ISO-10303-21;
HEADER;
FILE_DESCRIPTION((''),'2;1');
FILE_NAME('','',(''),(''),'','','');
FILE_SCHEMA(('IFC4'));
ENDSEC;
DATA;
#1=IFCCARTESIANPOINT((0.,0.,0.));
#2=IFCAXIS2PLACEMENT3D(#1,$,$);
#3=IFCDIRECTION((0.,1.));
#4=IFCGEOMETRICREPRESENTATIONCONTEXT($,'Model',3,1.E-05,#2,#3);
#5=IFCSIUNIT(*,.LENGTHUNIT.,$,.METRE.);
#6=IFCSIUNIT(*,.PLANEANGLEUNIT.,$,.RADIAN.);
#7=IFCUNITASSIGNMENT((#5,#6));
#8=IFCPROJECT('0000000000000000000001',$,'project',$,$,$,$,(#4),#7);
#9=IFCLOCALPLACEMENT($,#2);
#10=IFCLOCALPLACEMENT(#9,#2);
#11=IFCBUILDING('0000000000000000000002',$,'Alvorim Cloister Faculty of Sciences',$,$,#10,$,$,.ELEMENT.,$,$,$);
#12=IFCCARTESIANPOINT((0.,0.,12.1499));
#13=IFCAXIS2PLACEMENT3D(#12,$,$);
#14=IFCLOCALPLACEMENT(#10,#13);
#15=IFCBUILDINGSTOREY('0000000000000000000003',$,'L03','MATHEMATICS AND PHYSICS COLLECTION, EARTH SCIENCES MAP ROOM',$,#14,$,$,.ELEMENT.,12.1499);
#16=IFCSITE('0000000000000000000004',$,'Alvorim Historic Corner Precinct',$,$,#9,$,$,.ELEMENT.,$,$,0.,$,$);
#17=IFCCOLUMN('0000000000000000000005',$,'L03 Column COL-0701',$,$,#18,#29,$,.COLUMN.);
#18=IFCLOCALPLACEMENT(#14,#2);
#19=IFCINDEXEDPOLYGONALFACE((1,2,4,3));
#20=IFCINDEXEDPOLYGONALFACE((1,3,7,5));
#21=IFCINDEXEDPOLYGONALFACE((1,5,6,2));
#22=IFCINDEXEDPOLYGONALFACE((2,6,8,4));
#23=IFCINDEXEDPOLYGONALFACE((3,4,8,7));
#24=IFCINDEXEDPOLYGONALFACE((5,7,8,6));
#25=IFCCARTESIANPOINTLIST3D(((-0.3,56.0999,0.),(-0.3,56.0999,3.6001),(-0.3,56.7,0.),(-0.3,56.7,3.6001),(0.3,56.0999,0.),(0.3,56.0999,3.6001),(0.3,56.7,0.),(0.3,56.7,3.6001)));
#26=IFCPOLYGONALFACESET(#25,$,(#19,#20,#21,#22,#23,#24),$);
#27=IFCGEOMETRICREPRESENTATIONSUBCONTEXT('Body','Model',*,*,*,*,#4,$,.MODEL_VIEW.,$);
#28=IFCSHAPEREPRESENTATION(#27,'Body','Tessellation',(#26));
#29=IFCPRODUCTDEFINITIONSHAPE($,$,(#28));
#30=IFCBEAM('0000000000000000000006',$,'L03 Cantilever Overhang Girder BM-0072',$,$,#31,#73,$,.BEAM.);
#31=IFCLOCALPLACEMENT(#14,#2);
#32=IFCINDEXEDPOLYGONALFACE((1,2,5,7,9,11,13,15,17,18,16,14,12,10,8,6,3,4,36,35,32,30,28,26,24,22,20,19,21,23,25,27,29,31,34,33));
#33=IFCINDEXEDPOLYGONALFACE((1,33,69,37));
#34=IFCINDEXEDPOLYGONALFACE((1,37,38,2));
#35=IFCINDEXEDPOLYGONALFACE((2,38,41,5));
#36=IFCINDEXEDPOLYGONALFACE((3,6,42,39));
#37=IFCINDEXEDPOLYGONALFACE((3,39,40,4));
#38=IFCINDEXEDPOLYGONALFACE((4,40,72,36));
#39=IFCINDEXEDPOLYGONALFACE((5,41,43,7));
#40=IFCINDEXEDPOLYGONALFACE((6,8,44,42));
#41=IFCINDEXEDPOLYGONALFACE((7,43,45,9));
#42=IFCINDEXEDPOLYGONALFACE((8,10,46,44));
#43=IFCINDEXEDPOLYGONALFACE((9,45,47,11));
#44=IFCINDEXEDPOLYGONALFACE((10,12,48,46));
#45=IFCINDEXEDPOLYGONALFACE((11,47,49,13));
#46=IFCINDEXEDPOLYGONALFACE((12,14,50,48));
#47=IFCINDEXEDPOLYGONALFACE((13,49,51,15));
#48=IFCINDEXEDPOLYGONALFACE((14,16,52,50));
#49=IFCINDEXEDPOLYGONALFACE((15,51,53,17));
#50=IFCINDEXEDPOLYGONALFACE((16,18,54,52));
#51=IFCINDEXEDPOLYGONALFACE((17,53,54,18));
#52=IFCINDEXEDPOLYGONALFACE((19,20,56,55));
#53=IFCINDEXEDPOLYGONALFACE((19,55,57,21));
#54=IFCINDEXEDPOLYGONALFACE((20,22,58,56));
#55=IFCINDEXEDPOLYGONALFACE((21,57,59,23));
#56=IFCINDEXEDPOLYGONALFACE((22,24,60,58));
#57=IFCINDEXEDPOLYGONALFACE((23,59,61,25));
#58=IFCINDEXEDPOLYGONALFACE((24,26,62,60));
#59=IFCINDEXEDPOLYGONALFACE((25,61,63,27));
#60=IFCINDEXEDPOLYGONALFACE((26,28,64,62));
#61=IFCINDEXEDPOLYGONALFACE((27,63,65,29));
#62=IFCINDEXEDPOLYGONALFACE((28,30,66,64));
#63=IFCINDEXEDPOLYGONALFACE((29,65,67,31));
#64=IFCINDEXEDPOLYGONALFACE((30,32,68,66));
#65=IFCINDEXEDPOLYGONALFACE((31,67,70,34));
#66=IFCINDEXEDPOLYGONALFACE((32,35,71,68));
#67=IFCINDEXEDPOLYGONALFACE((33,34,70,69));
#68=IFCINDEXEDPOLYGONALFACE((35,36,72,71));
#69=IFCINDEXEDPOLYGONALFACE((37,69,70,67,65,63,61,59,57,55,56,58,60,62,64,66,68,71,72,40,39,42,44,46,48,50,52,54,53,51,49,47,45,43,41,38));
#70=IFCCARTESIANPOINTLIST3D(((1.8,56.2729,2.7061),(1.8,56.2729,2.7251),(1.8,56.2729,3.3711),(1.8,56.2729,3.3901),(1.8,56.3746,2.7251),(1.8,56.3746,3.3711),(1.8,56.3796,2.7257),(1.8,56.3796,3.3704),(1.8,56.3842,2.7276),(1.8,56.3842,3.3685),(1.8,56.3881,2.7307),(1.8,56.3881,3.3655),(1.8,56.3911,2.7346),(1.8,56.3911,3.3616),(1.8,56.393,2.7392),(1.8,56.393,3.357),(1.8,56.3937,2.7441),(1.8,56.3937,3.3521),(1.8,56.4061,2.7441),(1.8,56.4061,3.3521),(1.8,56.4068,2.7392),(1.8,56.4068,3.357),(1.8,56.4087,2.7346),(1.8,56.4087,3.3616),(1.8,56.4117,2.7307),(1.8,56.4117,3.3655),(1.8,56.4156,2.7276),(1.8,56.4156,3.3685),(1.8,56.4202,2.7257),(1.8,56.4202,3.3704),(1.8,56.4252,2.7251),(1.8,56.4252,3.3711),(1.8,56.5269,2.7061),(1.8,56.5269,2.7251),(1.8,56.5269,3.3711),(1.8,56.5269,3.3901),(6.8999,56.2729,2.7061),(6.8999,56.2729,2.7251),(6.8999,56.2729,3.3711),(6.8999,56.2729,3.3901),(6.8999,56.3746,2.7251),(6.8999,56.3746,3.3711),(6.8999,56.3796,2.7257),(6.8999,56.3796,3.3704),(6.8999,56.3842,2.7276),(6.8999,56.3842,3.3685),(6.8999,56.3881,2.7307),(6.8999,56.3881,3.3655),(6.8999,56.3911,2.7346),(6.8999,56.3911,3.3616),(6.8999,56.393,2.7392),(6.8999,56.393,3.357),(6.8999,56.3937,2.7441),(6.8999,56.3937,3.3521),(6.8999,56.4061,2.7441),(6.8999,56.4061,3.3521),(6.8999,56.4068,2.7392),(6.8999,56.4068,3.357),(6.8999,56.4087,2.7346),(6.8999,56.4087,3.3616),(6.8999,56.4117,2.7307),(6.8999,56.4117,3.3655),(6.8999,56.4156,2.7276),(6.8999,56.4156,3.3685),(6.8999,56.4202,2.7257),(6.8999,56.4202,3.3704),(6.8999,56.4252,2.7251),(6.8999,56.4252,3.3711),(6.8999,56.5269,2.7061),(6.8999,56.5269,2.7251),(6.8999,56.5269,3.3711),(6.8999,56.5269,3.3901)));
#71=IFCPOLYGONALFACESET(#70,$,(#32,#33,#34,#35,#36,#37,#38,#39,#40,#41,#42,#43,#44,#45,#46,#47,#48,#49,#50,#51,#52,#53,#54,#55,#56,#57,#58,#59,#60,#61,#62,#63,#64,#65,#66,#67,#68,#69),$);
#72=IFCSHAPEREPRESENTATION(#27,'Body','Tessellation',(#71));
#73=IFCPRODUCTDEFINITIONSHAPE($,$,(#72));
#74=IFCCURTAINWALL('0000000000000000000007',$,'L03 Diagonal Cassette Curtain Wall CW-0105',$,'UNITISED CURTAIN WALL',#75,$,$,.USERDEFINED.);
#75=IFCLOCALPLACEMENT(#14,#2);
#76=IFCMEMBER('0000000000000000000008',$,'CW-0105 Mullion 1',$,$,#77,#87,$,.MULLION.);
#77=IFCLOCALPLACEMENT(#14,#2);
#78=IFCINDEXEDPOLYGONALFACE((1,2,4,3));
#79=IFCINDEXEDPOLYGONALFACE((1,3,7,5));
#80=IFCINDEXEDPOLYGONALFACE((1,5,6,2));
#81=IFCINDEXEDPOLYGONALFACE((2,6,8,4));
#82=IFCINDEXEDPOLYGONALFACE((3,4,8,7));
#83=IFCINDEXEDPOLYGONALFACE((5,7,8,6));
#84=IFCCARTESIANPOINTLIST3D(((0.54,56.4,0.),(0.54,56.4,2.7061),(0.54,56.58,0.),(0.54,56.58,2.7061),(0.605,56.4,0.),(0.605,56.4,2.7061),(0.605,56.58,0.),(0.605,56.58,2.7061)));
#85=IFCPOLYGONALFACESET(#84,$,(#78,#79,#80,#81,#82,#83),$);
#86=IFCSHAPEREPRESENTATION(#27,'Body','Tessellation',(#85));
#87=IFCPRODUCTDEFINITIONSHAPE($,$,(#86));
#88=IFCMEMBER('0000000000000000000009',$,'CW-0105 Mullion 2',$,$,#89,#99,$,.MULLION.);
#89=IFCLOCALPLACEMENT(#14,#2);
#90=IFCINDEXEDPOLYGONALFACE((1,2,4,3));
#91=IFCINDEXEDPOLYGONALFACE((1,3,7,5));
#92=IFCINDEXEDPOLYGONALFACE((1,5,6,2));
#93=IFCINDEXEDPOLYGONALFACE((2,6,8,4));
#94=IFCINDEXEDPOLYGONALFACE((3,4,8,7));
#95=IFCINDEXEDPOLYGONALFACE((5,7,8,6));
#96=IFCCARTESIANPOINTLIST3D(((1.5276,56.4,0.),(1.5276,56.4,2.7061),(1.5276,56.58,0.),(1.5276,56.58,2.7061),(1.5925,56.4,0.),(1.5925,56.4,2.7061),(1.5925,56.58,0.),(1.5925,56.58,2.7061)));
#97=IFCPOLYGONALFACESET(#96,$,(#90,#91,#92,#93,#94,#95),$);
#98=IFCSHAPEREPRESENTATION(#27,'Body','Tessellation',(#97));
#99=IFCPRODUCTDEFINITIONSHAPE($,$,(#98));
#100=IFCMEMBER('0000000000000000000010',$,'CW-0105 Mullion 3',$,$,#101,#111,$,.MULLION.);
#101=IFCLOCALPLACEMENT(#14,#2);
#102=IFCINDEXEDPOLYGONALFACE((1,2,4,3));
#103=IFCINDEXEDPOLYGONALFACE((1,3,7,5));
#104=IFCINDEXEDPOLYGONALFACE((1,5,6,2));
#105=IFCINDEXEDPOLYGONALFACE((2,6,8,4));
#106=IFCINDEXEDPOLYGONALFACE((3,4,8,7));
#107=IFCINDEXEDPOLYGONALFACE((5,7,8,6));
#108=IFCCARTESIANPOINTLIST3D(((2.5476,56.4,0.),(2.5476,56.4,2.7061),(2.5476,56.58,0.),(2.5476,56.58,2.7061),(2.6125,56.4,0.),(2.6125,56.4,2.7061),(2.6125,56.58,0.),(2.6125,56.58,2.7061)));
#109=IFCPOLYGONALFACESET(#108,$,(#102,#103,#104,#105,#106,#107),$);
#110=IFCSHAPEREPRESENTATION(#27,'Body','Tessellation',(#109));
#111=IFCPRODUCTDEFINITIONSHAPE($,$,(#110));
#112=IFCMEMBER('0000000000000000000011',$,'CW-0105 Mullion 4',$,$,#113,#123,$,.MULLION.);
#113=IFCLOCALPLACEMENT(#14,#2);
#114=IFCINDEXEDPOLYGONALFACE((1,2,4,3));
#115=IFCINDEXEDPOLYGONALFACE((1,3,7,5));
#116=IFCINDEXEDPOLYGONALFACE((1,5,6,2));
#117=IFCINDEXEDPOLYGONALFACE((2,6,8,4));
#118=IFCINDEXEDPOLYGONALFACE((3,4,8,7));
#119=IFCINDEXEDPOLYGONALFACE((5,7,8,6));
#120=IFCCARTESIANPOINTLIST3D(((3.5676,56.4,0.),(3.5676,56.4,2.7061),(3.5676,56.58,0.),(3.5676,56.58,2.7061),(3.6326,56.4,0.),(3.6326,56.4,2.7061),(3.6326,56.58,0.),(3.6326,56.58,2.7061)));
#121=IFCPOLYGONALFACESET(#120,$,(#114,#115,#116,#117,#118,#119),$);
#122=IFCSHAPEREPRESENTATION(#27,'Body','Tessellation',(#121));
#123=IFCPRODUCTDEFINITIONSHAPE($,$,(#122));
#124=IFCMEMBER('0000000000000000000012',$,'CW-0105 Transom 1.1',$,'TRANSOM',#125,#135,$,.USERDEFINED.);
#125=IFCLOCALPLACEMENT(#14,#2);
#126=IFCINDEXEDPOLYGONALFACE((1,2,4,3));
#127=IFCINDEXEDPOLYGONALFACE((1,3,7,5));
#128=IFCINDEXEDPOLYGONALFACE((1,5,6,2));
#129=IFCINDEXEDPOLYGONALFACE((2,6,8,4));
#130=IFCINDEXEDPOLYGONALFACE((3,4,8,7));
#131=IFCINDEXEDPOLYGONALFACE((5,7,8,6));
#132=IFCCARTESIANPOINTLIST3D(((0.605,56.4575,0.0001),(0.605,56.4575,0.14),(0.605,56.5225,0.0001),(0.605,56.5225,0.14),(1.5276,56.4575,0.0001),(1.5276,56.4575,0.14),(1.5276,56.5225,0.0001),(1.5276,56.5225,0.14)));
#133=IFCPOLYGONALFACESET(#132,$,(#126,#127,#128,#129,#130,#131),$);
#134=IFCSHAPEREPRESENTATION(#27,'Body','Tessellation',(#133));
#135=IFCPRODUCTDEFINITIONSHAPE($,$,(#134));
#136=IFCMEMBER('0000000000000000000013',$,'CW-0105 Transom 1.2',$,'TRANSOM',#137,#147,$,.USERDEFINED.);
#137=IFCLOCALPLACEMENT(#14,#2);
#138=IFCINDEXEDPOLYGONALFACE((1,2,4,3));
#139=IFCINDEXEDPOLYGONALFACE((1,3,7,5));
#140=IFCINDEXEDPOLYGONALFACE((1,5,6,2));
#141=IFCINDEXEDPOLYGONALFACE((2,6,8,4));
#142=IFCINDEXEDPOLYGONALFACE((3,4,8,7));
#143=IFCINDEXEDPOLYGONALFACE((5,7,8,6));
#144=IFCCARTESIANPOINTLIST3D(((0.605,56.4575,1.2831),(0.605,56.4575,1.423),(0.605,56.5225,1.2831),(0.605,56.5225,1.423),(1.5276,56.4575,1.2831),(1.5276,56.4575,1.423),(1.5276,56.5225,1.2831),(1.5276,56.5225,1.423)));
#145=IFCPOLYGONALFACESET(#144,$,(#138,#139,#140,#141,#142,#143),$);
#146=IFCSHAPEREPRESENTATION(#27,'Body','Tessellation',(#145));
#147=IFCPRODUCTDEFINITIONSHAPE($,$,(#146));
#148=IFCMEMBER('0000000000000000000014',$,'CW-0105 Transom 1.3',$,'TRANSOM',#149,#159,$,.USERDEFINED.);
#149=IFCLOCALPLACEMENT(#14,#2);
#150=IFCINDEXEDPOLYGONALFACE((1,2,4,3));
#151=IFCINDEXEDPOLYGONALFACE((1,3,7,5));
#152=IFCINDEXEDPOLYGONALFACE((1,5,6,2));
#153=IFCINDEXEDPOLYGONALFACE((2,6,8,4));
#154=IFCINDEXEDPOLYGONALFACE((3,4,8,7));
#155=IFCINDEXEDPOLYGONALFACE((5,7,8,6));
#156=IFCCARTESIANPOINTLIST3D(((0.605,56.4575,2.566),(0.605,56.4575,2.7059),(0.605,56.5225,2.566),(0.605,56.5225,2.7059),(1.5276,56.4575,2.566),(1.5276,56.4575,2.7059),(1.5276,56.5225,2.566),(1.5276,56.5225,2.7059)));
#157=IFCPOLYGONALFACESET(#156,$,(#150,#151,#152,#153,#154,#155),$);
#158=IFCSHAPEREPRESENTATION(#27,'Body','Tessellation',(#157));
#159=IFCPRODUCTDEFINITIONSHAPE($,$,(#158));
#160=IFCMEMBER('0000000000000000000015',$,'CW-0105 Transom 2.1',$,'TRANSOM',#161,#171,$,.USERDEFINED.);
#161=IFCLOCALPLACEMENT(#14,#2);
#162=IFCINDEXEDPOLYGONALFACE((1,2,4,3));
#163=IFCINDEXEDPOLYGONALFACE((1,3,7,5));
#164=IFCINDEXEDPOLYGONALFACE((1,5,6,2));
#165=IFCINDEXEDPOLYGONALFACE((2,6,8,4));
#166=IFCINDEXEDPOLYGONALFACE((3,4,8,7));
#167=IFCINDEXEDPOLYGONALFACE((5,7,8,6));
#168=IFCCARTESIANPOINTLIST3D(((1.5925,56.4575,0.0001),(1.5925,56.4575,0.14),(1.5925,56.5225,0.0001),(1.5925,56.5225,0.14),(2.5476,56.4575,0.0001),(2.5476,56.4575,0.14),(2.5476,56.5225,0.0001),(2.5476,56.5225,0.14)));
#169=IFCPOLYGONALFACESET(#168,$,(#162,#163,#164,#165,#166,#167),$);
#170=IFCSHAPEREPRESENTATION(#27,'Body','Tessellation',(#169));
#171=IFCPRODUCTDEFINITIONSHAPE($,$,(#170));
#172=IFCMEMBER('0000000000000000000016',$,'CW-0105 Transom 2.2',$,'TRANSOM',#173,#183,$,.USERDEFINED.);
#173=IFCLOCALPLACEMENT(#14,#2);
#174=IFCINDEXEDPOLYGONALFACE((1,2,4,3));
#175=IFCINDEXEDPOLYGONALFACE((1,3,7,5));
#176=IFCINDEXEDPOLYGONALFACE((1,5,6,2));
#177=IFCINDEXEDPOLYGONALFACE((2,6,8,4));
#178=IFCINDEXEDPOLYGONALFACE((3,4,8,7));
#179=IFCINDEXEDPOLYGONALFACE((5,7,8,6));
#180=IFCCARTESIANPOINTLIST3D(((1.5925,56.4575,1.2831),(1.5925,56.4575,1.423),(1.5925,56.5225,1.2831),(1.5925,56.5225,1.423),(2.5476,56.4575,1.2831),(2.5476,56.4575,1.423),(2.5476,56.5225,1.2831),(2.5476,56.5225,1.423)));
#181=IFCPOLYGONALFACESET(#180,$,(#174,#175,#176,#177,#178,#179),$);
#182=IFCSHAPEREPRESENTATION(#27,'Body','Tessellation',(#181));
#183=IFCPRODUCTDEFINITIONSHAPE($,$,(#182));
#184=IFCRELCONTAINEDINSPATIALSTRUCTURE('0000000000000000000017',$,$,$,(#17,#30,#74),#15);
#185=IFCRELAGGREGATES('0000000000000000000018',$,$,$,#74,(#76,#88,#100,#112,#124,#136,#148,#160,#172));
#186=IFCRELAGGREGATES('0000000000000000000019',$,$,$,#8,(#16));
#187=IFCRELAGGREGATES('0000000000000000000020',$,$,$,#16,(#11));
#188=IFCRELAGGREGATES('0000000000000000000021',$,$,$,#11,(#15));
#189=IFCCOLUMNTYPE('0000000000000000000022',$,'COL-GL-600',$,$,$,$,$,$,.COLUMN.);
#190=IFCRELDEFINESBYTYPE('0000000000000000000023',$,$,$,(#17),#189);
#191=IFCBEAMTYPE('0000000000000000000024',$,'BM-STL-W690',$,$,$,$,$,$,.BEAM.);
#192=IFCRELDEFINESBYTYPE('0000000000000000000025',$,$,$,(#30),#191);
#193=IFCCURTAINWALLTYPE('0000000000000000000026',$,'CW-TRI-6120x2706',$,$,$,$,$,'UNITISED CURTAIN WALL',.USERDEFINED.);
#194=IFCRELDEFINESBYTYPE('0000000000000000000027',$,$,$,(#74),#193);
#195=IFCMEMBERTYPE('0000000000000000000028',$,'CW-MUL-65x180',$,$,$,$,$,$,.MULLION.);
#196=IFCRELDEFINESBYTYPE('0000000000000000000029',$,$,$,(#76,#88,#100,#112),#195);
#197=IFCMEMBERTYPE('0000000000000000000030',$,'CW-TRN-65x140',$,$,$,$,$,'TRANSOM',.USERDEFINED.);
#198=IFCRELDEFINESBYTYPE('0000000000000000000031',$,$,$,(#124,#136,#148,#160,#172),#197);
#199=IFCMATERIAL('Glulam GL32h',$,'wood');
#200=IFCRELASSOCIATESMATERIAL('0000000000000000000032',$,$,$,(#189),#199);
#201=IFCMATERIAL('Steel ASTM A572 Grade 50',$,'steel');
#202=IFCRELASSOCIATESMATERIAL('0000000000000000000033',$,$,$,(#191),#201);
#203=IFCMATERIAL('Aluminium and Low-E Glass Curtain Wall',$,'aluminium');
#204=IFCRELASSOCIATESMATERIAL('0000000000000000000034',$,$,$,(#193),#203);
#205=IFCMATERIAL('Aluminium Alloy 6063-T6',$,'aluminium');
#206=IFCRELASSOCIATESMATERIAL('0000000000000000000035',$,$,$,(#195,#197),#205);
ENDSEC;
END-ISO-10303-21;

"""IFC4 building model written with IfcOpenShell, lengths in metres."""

from ifc_helpers import new_model, si_unit, direction, frame, origin, origin_2d, place, context, subcontext, project, spatial, rectangle, i_section, extrude, material, material_profile, profile_set, type_object, element, aggregate, save


model = new_model("IFC4")

# Units and contexts
model_context = context("Model", 3, precision=1e-05, world=origin(), true_north=direction((0.0, 1.0)))
body_context = subcontext(model_context, "Body", "Model", "MODEL_VIEW")
ifc_project = project(units=[si_unit("LENGTHUNIT", "METRE"), si_unit("PLANEANGLEUNIT", "RADIAN")], contexts=[model_context])

# Site, building, storey
site_placement = place(None, origin())
site = spatial("IfcSite", under=ifc_project, at=site_placement, Name="Alvorim Historic Corner Precinct", CompositionType="ELEMENT", RefElevation=0.0)
building_placement = place(site_placement, origin())
building = spatial("IfcBuilding", under=site, at=building_placement, Name="Alvorim Cloister Faculty of Sciences", CompositionType="ELEMENT")
storey_placement = place(building_placement, frame((0.0, 0.0, 12.1499)))
storey = spatial("IfcBuildingStorey", under=building, at=storey_placement, Name="L03", Description="MATHEMATICS AND PHYSICS COLLECTION, EARTH SCIENCES MAP ROOM", CompositionType="ELEMENT", Elevation=12.1499)

# Column
ifc_material_1 = material(Name="Glulam GL32h", Category="wood")
ifc_material_profile_1 = material_profile(ifc_material_1, rectangle(XDim=0.6001, YDim=0.6001, at=origin_2d()), Name="GL32-COL-600x600")
ifc_profile_set_1 = profile_set([ifc_material_profile_1], Name="Glulam GL32h")
column_type = type_object("IfcColumnType", Name="COL-GL-600", PredefinedType="COLUMN", material=ifc_profile_set_1)
column_placement = place(storey_placement, frame((0.0, 56.3999, 0.0), z_axis=(0.0, 0.0, 1.0), x_axis=(1.0, 0.0, 0.0)))
element("IfcColumn", 1, at=column_placement, inside=storey, type_object=column_type, Name="L03 Column COL-0701", PredefinedType="COLUMN", context=body_context, shape_type="SweptSolid", body=[
    extrude(rectangle(XDim=0.6001, YDim=0.6001, at=origin_2d()), origin(), (0.0, 0.0, 1.0), 3.6001),
])

# Beam
ifc_material_2 = material(Name="Steel ASTM A572 Grade 50", Category="steel")
ifc_material_profile_2 = material_profile(ifc_material_2, i_section(OverallWidth=0.2539, OverallDepth=0.6841, WebThickness=0.0125, FlangeThickness=0.019, FilletRadius=0.019, at=origin_2d()), Name="W690x140.0")
ifc_profile_set_2 = profile_set([ifc_material_profile_2], Name="Steel ASTM A572 Grade 50")
beam_type = type_object("IfcBeamType", Name="BM-STL-W690", PredefinedType="BEAM", material=ifc_profile_set_2)
beam_placement = place(storey_placement, frame((1.8, 56.3999, 3.0481), z_axis=(1.0, 0.0, 0.0), x_axis=(0.0, 1.0, 0.0)))
element("IfcBeam", 2, at=beam_placement, inside=storey, type_object=beam_type, Name="L03 Cantilever Overhang Girder BM-0072", PredefinedType="BEAM", context=body_context, shape_type="SweptSolid", body=[
    extrude(i_section(OverallWidth=0.2539, OverallDepth=0.6841, WebThickness=0.0125, FlangeThickness=0.019, FilletRadius=0.019, at=origin_2d()), origin(), (0.0, 0.0, 1.0), 5.0999),
])

# Curtain wall, members
ifc_material_3 = material(Name="Aluminium and Low-E Glass Curtain Wall", Category="aluminium")
curtain_wall_type = type_object("IfcCurtainWallType", Name="CW-TRI-6120x2706", ElementType="UNITISED CURTAIN WALL", PredefinedType="USERDEFINED", material=ifc_material_3)
curtain_wall_placement = place(storey_placement, origin())
curtain_wall = element("IfcCurtainWall", 3, at=curtain_wall_placement, inside=storey, type_object=curtain_wall_type, Name="L03 Diagonal Cassette Curtain Wall CW-0105", ObjectType="UNITISED CURTAIN WALL", PredefinedType="USERDEFINED")
ifc_material_4 = material(Name="Aluminium Alloy 6063-T6", Category="aluminium")
ifc_material_profile_3 = material_profile(ifc_material_4, rectangle(XDim=0.0649, YDim=0.1799, at=origin_2d()), Name="ALU-MUL-65x180")
ifc_profile_set_3 = profile_set([ifc_material_profile_3], Name="Aluminium Alloy 6063-T6")
member_type_1 = type_object("IfcMemberType", Name="CW-MUL-65x180", PredefinedType="MULLION", material=ifc_profile_set_3)
member_1_placement = place(storey_placement, frame((0.5725, 56.49, 0.0), z_axis=(0.0, 0.0, 1.0), x_axis=(1.0, 0.0, 0.0)))
member_1 = element("IfcMember", 4, at=member_1_placement, type_object=member_type_1, Name="CW-0105 Mullion 1", PredefinedType="MULLION", context=body_context, shape_type="SweptSolid", body=[
    extrude(rectangle(XDim=0.0649, YDim=0.1799, at=origin_2d()), origin(), (0.0, 0.0, 1.0), 2.7061),
])
member_2_placement = place(storey_placement, frame((1.5601, 56.49, 0.0), z_axis=(0.0, 0.0, 1.0), x_axis=(1.0, 0.0, 0.0)))
member_2 = element("IfcMember", 5, at=member_2_placement, type_object=member_type_1, Name="CW-0105 Mullion 2", PredefinedType="MULLION", context=body_context, shape_type="SweptSolid", body=[
    extrude(rectangle(XDim=0.0649, YDim=0.1799, at=origin_2d()), origin(), (0.0, 0.0, 1.0), 2.7061),
])
member_3_placement = place(storey_placement, frame((2.5801, 56.49, 0.0), z_axis=(0.0, 0.0, 1.0), x_axis=(1.0, 0.0, 0.0)))
member_3 = element("IfcMember", 6, at=member_3_placement, type_object=member_type_1, Name="CW-0105 Mullion 3", PredefinedType="MULLION", context=body_context, shape_type="SweptSolid", body=[
    extrude(rectangle(XDim=0.0649, YDim=0.1799, at=origin_2d()), origin(), (0.0, 0.0, 1.0), 2.7061),
])
member_4_placement = place(storey_placement, frame((3.6001, 56.49, 0.0), z_axis=(0.0, 0.0, 1.0), x_axis=(1.0, 0.0, 0.0)))
member_4 = element("IfcMember", 7, at=member_4_placement, type_object=member_type_1, Name="CW-0105 Mullion 4", PredefinedType="MULLION", context=body_context, shape_type="SweptSolid", body=[
    extrude(rectangle(XDim=0.0649, YDim=0.1799, at=origin_2d()), origin(), (0.0, 0.0, 1.0), 2.7061),
])
ifc_material_profile_4 = material_profile(ifc_material_4, rectangle(XDim=0.0649, YDim=0.1399, at=origin_2d()), Name="ALU-TRN-65x140")
ifc_profile_set_4 = profile_set([ifc_material_profile_4], Name="Aluminium Alloy 6063-T6")
member_type_2 = type_object("IfcMemberType", Name="CW-TRN-65x140", ElementType="TRANSOM", PredefinedType="USERDEFINED", material=ifc_profile_set_4)
member_5_placement = place(storey_placement, frame((0.605, 56.49, 0.0701), z_axis=(1.0, 0.0, 0.0), x_axis=(0.0, 1.0, 0.0)))
member_5 = element("IfcMember", 8, at=member_5_placement, type_object=member_type_2, Name="CW-0105 Transom 1.1", ObjectType="TRANSOM", PredefinedType="USERDEFINED", context=body_context, shape_type="SweptSolid", body=[
    extrude(rectangle(XDim=0.0649, YDim=0.1399, at=origin_2d()), origin(), (0.0, 0.0, 1.0), 0.9226),
])
member_6_placement = place(storey_placement, frame((0.605, 56.49, 1.353), z_axis=(1.0, 0.0, 0.0), x_axis=(0.0, 1.0, 0.0)))
member_6 = element("IfcMember", 9, at=member_6_placement, type_object=member_type_2, Name="CW-0105 Transom 1.2", ObjectType="TRANSOM", PredefinedType="USERDEFINED", context=body_context, shape_type="SweptSolid", body=[
    extrude(rectangle(XDim=0.0649, YDim=0.1399, at=origin_2d()), origin(), (0.0, 0.0, 1.0), 0.9226),
])
member_7_placement = place(storey_placement, frame((0.605, 56.49, 2.636), z_axis=(1.0, 0.0, 0.0), x_axis=(0.0, 1.0, 0.0)))
member_7 = element("IfcMember", 10, at=member_7_placement, type_object=member_type_2, Name="CW-0105 Transom 1.3", ObjectType="TRANSOM", PredefinedType="USERDEFINED", context=body_context, shape_type="SweptSolid", body=[
    extrude(rectangle(XDim=0.0649, YDim=0.1399, at=origin_2d()), origin(), (0.0, 0.0, 1.0), 0.9226),
])
member_8_placement = place(storey_placement, frame((1.5925, 56.49, 0.0701), z_axis=(1.0, 0.0, 0.0), x_axis=(0.0, 1.0, 0.0)))
member_8 = element("IfcMember", 11, at=member_8_placement, type_object=member_type_2, Name="CW-0105 Transom 2.1", ObjectType="TRANSOM", PredefinedType="USERDEFINED", context=body_context, shape_type="SweptSolid", body=[
    extrude(rectangle(XDim=0.0649, YDim=0.1399, at=origin_2d()), origin(), (0.0, 0.0, 1.0), 0.9551),
])
member_9_placement = place(storey_placement, frame((1.5925, 56.49, 1.353), z_axis=(1.0, 0.0, 0.0), x_axis=(0.0, 1.0, 0.0)))
member_9 = element("IfcMember", 12, at=member_9_placement, type_object=member_type_2, Name="CW-0105 Transom 2.2", ObjectType="TRANSOM", PredefinedType="USERDEFINED", context=body_context, shape_type="SweptSolid", body=[
    extrude(rectangle(XDim=0.0649, YDim=0.1399, at=origin_2d()), origin(), (0.0, 0.0, 1.0), 0.9551),
])

aggregate(curtain_wall, [member_1, member_2, member_3, member_4, member_5, member_6, member_7, member_8, member_9])

save(model, "model.ifc")
